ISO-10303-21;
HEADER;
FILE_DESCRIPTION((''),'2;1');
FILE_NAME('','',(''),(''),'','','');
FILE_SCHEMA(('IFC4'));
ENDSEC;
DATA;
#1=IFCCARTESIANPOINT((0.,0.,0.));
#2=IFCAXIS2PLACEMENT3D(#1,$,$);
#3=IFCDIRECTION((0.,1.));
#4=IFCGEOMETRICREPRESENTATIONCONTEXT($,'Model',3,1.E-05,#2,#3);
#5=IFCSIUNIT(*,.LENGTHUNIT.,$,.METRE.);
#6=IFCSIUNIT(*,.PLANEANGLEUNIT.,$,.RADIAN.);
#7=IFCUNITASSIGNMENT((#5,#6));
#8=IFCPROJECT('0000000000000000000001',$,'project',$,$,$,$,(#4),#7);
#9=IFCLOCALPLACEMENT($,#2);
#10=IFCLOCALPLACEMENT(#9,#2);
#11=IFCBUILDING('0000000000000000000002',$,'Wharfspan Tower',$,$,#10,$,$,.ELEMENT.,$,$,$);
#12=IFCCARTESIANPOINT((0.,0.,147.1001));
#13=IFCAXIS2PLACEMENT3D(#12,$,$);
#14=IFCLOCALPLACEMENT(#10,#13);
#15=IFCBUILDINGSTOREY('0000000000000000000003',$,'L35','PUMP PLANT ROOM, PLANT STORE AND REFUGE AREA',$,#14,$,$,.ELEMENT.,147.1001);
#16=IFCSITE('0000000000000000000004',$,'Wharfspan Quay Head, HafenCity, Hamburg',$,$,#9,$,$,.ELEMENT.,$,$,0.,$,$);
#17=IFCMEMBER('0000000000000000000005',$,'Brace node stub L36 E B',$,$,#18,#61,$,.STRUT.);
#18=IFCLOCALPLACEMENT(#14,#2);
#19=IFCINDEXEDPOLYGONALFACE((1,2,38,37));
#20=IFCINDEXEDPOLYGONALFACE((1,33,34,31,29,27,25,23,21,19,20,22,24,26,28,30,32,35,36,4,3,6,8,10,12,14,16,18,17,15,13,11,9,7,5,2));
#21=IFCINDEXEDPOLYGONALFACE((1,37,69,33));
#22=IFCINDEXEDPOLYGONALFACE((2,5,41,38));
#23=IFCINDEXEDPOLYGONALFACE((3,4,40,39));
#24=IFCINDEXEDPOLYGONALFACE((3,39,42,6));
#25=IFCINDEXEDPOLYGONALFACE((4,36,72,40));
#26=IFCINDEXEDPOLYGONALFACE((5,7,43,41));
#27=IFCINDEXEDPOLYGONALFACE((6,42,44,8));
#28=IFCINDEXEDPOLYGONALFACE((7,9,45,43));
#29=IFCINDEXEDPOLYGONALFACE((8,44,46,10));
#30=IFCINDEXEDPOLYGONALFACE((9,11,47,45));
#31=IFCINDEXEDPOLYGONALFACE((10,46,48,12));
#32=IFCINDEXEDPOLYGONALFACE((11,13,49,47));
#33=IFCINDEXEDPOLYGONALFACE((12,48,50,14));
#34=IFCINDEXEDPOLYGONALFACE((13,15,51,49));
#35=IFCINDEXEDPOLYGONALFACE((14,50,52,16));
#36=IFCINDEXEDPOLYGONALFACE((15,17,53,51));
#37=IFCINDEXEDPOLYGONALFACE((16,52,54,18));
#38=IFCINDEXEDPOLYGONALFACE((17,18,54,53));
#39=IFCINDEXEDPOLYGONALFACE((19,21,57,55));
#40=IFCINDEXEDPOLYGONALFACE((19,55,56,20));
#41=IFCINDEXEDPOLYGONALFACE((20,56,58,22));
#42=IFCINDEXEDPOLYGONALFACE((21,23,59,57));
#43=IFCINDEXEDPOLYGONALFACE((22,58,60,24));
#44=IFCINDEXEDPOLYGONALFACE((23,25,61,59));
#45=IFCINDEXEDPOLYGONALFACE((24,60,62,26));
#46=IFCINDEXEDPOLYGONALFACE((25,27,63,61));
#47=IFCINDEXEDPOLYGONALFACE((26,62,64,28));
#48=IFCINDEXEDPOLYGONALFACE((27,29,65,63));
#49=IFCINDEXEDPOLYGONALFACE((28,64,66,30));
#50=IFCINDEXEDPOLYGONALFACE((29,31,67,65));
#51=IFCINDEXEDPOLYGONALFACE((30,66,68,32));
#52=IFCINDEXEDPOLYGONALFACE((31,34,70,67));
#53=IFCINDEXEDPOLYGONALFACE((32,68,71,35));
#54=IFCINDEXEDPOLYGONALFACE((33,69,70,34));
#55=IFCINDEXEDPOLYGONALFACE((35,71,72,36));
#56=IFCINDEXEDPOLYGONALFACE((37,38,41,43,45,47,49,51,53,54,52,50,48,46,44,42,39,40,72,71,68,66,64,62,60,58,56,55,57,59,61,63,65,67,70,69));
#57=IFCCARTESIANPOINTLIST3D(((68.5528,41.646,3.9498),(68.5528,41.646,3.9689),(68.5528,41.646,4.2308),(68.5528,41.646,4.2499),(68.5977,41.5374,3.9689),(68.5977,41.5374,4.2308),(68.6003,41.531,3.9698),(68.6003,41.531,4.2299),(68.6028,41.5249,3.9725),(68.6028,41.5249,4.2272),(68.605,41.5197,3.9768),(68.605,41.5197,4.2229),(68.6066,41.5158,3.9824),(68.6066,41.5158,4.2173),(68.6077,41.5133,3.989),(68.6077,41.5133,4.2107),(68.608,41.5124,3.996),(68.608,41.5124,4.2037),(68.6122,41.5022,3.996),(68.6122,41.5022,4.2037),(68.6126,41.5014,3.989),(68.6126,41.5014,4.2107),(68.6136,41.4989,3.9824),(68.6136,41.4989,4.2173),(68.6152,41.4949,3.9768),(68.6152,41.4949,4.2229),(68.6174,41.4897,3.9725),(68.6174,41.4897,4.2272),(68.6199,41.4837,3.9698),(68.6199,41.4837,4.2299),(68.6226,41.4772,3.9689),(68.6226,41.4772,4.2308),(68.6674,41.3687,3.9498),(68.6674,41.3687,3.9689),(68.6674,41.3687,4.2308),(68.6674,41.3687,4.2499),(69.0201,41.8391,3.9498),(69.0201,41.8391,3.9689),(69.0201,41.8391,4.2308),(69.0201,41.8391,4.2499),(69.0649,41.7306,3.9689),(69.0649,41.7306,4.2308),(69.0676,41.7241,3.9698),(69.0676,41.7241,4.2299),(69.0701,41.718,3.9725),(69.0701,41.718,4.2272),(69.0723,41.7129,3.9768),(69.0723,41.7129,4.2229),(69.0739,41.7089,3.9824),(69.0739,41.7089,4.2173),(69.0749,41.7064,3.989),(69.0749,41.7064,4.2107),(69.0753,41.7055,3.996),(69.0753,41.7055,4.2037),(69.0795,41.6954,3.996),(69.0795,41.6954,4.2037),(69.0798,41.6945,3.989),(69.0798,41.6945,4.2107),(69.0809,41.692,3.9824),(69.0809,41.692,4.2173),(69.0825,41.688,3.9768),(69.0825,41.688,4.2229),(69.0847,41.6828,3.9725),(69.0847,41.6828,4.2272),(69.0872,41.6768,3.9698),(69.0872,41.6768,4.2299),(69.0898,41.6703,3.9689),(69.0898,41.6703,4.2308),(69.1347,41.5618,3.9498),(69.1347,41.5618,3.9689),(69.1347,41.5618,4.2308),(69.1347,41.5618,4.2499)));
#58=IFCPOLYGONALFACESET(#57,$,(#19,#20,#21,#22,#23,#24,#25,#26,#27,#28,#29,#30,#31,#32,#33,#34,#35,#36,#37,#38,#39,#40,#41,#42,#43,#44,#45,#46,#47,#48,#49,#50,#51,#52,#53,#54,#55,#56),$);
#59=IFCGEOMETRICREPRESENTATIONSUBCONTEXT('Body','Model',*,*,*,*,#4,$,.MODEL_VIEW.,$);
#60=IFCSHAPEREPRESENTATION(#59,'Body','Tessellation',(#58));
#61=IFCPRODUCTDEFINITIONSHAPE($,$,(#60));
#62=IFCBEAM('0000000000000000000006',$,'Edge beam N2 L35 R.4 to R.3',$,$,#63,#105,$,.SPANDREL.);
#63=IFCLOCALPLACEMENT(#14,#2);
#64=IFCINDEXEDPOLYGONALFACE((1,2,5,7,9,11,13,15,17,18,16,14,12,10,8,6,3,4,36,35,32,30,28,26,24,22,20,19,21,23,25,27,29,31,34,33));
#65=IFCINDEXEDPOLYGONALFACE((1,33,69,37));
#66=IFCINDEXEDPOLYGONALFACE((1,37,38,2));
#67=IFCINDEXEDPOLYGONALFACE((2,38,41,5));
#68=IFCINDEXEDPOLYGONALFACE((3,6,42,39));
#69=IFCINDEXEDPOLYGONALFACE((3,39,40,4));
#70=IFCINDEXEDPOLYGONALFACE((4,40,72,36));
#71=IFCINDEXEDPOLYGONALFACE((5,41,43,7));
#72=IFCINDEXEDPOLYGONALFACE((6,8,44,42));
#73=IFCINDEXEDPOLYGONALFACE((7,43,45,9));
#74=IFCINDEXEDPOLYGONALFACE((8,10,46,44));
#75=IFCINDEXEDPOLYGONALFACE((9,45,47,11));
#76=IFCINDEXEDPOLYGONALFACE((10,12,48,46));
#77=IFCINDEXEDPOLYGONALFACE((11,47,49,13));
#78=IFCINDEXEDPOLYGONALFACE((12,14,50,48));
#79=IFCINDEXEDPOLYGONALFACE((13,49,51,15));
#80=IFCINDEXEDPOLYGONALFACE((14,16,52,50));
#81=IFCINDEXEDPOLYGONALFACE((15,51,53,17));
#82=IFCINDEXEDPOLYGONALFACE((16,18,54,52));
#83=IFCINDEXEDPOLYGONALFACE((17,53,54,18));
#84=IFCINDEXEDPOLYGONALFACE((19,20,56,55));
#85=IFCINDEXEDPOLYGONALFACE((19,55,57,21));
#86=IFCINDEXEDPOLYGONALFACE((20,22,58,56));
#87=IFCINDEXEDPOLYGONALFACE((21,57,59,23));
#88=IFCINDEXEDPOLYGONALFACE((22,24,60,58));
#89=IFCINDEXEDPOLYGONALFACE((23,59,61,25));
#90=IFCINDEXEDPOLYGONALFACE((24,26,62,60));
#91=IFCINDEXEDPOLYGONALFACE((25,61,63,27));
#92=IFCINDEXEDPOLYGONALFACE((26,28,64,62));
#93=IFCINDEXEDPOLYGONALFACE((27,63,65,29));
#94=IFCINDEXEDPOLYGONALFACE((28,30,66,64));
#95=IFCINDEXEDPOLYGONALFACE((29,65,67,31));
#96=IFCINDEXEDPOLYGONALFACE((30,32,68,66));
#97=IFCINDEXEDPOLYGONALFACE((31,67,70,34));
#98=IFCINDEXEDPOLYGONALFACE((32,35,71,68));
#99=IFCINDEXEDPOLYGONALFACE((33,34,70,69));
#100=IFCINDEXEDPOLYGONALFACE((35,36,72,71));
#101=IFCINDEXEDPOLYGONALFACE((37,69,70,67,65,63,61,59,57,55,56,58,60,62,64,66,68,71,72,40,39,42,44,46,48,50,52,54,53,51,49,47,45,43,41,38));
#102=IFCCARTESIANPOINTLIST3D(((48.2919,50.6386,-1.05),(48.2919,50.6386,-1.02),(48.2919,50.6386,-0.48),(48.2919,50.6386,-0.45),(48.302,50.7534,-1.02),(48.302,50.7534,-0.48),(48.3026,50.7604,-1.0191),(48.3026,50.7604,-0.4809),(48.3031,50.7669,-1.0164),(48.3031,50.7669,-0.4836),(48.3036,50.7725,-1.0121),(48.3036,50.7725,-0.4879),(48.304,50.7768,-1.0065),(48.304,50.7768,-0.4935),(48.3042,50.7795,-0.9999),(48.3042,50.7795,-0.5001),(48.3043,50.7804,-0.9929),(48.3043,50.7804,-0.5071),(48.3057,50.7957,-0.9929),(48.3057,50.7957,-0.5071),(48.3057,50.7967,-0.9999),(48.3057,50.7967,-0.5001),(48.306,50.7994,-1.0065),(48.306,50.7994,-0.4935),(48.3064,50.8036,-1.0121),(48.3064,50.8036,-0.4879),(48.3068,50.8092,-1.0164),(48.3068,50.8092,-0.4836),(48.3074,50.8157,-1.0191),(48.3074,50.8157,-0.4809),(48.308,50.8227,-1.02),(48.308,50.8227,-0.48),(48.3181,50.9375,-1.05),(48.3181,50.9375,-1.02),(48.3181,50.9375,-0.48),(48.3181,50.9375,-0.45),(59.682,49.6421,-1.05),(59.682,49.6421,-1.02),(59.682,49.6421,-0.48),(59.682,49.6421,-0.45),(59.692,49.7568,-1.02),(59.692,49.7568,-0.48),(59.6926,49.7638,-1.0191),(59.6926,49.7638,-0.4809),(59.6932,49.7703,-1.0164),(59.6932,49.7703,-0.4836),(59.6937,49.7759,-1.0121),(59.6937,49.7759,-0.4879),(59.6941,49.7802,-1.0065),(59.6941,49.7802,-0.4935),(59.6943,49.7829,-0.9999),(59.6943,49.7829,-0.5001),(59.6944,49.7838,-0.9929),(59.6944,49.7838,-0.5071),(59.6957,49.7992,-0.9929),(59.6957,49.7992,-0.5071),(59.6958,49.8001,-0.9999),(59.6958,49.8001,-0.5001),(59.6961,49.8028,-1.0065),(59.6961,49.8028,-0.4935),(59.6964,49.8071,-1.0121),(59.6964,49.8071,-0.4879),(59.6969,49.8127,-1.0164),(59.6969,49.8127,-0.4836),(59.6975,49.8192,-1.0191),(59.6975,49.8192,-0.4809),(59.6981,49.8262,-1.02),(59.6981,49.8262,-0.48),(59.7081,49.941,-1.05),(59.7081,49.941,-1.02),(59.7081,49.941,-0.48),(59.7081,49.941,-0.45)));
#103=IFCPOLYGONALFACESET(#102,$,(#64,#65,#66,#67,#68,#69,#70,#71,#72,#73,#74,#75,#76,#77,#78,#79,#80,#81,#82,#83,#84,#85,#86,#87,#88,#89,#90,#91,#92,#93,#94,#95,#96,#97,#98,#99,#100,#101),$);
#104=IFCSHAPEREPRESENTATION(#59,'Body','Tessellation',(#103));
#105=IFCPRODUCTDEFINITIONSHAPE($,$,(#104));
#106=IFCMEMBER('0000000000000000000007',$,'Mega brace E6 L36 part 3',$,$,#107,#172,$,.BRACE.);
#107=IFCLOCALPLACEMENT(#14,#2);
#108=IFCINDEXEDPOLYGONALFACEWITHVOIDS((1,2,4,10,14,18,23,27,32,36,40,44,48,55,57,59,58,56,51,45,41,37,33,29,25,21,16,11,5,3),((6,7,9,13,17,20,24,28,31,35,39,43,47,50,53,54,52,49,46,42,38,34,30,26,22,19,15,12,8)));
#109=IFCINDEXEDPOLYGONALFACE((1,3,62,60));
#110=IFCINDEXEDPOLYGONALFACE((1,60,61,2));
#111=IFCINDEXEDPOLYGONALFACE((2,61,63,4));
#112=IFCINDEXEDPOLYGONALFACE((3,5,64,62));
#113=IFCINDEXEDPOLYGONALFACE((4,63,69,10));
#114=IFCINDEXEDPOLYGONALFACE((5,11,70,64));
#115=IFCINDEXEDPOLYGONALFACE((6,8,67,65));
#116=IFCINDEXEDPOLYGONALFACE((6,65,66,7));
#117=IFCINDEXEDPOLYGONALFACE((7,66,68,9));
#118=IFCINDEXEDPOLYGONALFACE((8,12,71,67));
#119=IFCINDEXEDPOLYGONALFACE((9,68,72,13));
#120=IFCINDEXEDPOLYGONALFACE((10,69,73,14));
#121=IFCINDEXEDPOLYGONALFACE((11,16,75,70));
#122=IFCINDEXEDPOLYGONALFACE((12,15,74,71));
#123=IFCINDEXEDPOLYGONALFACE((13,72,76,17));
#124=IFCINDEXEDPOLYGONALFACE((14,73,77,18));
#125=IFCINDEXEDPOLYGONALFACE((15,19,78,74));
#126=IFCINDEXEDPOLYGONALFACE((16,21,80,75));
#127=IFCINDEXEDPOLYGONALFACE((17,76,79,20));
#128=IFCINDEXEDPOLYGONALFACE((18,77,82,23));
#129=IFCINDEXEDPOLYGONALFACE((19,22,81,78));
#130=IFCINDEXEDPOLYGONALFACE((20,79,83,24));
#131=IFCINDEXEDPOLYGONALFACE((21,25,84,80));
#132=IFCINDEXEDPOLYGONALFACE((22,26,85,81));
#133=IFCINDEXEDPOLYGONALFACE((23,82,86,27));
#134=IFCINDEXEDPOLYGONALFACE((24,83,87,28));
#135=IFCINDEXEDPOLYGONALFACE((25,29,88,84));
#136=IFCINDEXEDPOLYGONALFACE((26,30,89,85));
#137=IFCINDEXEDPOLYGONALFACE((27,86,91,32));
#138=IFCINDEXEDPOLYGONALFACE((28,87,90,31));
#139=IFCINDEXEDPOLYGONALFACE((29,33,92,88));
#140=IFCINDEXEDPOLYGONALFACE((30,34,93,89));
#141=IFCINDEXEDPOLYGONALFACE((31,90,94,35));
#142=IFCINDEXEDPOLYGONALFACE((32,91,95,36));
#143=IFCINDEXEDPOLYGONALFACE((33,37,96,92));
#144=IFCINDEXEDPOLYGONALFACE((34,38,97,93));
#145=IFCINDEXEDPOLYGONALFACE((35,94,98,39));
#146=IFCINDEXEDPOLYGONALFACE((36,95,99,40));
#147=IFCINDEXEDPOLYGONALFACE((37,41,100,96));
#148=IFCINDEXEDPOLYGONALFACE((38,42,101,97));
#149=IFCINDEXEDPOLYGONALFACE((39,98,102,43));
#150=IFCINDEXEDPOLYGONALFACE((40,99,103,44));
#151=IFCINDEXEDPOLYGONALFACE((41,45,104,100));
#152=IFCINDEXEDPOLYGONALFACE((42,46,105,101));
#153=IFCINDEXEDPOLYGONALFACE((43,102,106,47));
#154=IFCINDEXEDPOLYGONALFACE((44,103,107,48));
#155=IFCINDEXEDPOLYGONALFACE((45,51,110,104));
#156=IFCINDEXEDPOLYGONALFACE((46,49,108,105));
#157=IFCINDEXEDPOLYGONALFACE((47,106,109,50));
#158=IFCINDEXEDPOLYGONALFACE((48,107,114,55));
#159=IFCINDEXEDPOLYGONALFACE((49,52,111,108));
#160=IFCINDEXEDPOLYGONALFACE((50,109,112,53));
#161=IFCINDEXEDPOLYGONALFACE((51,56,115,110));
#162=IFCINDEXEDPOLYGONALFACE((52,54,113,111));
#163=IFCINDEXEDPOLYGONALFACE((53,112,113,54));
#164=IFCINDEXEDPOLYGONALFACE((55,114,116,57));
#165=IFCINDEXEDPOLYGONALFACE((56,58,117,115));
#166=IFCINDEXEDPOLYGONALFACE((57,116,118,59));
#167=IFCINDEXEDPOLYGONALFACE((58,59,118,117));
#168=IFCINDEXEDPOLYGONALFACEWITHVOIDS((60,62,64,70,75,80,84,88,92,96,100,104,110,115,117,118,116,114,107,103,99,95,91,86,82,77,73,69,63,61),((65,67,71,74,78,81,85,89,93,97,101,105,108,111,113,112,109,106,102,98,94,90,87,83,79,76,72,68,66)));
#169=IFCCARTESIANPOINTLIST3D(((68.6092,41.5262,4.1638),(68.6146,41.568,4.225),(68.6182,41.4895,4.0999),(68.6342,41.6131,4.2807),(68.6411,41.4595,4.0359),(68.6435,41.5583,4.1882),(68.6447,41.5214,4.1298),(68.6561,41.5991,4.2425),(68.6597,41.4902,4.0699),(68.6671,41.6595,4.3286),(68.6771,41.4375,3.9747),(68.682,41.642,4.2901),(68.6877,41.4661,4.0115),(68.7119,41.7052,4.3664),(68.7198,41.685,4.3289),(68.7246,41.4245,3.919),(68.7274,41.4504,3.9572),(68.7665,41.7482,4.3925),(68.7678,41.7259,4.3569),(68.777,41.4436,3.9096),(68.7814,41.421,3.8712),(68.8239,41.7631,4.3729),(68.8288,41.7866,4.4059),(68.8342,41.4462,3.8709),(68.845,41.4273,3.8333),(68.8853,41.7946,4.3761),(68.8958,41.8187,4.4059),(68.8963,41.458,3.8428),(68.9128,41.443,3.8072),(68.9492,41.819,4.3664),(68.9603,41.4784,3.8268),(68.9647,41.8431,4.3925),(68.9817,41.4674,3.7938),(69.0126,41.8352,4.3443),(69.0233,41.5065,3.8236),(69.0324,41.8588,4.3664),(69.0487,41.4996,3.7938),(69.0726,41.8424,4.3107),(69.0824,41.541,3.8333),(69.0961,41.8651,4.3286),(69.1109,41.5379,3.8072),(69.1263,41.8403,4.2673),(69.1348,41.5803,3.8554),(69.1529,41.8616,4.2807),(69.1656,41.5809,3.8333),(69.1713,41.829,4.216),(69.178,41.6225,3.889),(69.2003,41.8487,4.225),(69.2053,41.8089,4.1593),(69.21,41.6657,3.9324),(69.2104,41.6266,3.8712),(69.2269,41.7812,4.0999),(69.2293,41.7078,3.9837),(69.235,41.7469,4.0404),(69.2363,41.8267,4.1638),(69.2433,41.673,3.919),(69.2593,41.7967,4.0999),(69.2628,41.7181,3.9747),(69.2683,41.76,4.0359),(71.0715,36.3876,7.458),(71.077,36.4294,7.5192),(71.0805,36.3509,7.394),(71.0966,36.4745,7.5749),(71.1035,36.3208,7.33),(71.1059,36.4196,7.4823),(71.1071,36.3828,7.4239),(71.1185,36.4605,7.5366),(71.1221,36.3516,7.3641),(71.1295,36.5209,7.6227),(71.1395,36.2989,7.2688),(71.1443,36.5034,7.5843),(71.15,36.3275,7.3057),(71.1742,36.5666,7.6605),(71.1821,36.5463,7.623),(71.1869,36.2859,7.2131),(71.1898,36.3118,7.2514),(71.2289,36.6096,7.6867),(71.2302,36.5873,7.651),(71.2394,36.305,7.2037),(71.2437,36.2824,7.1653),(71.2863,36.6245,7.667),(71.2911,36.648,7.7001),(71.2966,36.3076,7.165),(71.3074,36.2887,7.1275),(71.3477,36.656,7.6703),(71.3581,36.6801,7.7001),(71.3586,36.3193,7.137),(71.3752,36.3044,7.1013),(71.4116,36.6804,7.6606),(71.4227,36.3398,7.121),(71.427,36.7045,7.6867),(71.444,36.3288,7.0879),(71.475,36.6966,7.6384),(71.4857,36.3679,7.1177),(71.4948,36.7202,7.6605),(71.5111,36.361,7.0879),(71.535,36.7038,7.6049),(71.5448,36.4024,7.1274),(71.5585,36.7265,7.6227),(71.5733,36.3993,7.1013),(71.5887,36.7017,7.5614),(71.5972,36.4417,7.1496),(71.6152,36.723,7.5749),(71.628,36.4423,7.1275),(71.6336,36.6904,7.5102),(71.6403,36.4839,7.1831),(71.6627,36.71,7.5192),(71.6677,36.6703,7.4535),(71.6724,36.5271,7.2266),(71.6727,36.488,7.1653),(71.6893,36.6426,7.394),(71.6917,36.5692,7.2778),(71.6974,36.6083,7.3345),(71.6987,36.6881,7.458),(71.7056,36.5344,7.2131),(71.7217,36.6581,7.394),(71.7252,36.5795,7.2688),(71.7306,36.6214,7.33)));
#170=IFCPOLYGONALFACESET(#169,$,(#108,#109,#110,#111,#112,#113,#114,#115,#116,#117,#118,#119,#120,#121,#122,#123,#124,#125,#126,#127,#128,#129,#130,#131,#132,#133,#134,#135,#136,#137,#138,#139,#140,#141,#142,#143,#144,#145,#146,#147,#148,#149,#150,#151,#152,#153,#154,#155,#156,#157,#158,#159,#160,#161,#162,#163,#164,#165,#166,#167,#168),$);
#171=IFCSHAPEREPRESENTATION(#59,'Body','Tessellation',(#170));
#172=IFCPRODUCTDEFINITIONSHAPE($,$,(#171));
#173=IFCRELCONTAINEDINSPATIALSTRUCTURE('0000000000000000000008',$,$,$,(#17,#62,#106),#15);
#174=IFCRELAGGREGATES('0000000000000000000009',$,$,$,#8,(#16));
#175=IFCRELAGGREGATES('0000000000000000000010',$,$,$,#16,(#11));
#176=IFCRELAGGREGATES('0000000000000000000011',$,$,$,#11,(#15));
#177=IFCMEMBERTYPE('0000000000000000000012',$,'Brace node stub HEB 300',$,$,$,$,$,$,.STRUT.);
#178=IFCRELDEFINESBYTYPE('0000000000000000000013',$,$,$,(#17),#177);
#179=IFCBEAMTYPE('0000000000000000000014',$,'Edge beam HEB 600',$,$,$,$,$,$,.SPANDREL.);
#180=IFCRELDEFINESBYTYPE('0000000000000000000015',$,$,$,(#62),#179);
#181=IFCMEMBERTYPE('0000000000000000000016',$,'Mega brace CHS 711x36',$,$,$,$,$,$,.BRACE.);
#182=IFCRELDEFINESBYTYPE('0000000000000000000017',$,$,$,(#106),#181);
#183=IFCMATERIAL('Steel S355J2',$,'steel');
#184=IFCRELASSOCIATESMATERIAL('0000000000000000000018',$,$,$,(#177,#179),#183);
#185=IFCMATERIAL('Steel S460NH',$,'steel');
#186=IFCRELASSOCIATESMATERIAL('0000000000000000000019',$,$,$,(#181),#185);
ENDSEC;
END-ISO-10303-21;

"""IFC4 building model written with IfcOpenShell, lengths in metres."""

from ifc_helpers import new_model, si_unit, direction, frame, origin, origin_2d, place, context, subcontext, project, spatial, hollow_circle, i_section, extrude, material, material_profile, profile_set, type_object, element, save


model = new_model("IFC4")

# Units and contexts
model_context = context("Model", 3, precision=1e-05, world=origin(), true_north=direction((0.0, 1.0)))
body_context = subcontext(model_context, "Body", "Model", "MODEL_VIEW")
ifc_project = project(units=[si_unit("LENGTHUNIT", "METRE"), si_unit("PLANEANGLEUNIT", "RADIAN")], contexts=[model_context])

# Site, building, storey
site_placement = place(None, origin())
site = spatial("IfcSite", under=ifc_project, at=site_placement, Name="Wharfspan Quay Head, HafenCity, Hamburg", CompositionType="ELEMENT", RefElevation=0.0)
building_placement = place(site_placement, origin())
building = spatial("IfcBuilding", under=site, at=building_placement, Name="Wharfspan Tower", CompositionType="ELEMENT")
storey_placement = place(building_placement, frame((0.0, 0.0, 147.1001)))
storey = spatial("IfcBuildingStorey", under=building, at=storey_placement, Name="L35", Description="PUMP PLANT ROOM, PLANT STORE AND REFUGE AREA", CompositionType="ELEMENT", Elevation=147.1001)

# Shared definitions
ifc_material_1 = material(Name="Steel S355J2", Category="steel")

# Member
ifc_material_profile_1 = material_profile(ifc_material_1, i_section(OverallWidth=0.3, OverallDepth=0.3, WebThickness=0.011, FlangeThickness=0.019, FilletRadius=0.0271, at=origin_2d()))
ifc_profile_set_1 = profile_set([ifc_material_profile_1], Name="Steel S355J2")
member_type_1 = type_object("IfcMemberType", Name="Brace node stub HEB 300", PredefinedType="STRUT", material=ifc_profile_set_1)
member_1_placement = place(storey_placement, frame((68.6101, 41.5073, 4.0999), z_axis=(0.924187, 0.381939, 0.0), x_axis=(-0.381939, 0.924187, 0.0)))
element("IfcMember", 1, at=member_1_placement, inside=storey, type_object=member_type_1, Name="Brace node stub L36 E B", PredefinedType="STRUT", context=body_context, shape_type="SweptSolid", body=[
    extrude(i_section(OverallWidth=0.3, OverallDepth=0.3, WebThickness=0.011, FlangeThickness=0.019, FilletRadius=0.0271, at=origin_2d()), origin(), (0.0, 0.0, 1.0), 0.5056),
])

# Beam
ifc_material_profile_2 = material_profile(ifc_material_1, i_section(OverallWidth=0.3, OverallDepth=0.6001, WebThickness=0.0154, FlangeThickness=0.03, FilletRadius=0.0271, at=origin_2d()))
ifc_profile_set_2 = profile_set([ifc_material_profile_2], Name="Steel S355J2")
beam_type = type_object("IfcBeamType", Name="Edge beam HEB 600", PredefinedType="SPANDREL", material=ifc_profile_set_2)
beam_placement = place(storey_placement, frame((59.6951, 49.7915, -0.75), z_axis=(-0.996194, 0.087162, 0.0), x_axis=(-0.087162, -0.996194, 0.0)))
element("IfcBeam", 2, at=beam_placement, inside=storey, type_object=beam_type, Name="Edge beam N2 L35 R.4 to R.3", PredefinedType="SPANDREL", context=body_context, shape_type="SweptSolid", body=[
    extrude(i_section(OverallWidth=0.3, OverallDepth=0.6001, WebThickness=0.0154, FlangeThickness=0.03, FilletRadius=0.0271, at=origin_2d()), origin(), (0.0, 0.0, 1.0), 11.4336),
])

# Member
ifc_material_2 = material(Name="Steel S460NH", Category="steel")
ifc_material_profile_3 = material_profile(ifc_material_2, hollow_circle(Radius=0.3555, WallThickness=0.0359, at=origin_2d()))
ifc_profile_set_3 = profile_set([ifc_material_profile_3], Name="Steel S460NH")
member_type_2 = type_object("IfcMemberType", Name="Mega brace CHS 711x36", PredefinedType="BRACE", material=ifc_profile_set_3)
member_2_placement = place(storey_placement, frame((68.9387, 41.6431, 4.0999), z_axis=(0.374119, -0.780731, 0.500494), x_axis=(0.90181, 0.432137, -0.000003)))
element("IfcMember", 3, at=member_2_placement, inside=storey, type_object=member_type_2, Name="Mega brace E6 L36 part 3", PredefinedType="BRACE", context=body_context, shape_type="SweptSolid", body=[
    extrude(hollow_circle(Radius=0.3555, WallThickness=0.0359, at=origin_2d()), origin(), (0.0, 0.0, 1.0), 6.5818),
])

save(model, "model.ifc")
